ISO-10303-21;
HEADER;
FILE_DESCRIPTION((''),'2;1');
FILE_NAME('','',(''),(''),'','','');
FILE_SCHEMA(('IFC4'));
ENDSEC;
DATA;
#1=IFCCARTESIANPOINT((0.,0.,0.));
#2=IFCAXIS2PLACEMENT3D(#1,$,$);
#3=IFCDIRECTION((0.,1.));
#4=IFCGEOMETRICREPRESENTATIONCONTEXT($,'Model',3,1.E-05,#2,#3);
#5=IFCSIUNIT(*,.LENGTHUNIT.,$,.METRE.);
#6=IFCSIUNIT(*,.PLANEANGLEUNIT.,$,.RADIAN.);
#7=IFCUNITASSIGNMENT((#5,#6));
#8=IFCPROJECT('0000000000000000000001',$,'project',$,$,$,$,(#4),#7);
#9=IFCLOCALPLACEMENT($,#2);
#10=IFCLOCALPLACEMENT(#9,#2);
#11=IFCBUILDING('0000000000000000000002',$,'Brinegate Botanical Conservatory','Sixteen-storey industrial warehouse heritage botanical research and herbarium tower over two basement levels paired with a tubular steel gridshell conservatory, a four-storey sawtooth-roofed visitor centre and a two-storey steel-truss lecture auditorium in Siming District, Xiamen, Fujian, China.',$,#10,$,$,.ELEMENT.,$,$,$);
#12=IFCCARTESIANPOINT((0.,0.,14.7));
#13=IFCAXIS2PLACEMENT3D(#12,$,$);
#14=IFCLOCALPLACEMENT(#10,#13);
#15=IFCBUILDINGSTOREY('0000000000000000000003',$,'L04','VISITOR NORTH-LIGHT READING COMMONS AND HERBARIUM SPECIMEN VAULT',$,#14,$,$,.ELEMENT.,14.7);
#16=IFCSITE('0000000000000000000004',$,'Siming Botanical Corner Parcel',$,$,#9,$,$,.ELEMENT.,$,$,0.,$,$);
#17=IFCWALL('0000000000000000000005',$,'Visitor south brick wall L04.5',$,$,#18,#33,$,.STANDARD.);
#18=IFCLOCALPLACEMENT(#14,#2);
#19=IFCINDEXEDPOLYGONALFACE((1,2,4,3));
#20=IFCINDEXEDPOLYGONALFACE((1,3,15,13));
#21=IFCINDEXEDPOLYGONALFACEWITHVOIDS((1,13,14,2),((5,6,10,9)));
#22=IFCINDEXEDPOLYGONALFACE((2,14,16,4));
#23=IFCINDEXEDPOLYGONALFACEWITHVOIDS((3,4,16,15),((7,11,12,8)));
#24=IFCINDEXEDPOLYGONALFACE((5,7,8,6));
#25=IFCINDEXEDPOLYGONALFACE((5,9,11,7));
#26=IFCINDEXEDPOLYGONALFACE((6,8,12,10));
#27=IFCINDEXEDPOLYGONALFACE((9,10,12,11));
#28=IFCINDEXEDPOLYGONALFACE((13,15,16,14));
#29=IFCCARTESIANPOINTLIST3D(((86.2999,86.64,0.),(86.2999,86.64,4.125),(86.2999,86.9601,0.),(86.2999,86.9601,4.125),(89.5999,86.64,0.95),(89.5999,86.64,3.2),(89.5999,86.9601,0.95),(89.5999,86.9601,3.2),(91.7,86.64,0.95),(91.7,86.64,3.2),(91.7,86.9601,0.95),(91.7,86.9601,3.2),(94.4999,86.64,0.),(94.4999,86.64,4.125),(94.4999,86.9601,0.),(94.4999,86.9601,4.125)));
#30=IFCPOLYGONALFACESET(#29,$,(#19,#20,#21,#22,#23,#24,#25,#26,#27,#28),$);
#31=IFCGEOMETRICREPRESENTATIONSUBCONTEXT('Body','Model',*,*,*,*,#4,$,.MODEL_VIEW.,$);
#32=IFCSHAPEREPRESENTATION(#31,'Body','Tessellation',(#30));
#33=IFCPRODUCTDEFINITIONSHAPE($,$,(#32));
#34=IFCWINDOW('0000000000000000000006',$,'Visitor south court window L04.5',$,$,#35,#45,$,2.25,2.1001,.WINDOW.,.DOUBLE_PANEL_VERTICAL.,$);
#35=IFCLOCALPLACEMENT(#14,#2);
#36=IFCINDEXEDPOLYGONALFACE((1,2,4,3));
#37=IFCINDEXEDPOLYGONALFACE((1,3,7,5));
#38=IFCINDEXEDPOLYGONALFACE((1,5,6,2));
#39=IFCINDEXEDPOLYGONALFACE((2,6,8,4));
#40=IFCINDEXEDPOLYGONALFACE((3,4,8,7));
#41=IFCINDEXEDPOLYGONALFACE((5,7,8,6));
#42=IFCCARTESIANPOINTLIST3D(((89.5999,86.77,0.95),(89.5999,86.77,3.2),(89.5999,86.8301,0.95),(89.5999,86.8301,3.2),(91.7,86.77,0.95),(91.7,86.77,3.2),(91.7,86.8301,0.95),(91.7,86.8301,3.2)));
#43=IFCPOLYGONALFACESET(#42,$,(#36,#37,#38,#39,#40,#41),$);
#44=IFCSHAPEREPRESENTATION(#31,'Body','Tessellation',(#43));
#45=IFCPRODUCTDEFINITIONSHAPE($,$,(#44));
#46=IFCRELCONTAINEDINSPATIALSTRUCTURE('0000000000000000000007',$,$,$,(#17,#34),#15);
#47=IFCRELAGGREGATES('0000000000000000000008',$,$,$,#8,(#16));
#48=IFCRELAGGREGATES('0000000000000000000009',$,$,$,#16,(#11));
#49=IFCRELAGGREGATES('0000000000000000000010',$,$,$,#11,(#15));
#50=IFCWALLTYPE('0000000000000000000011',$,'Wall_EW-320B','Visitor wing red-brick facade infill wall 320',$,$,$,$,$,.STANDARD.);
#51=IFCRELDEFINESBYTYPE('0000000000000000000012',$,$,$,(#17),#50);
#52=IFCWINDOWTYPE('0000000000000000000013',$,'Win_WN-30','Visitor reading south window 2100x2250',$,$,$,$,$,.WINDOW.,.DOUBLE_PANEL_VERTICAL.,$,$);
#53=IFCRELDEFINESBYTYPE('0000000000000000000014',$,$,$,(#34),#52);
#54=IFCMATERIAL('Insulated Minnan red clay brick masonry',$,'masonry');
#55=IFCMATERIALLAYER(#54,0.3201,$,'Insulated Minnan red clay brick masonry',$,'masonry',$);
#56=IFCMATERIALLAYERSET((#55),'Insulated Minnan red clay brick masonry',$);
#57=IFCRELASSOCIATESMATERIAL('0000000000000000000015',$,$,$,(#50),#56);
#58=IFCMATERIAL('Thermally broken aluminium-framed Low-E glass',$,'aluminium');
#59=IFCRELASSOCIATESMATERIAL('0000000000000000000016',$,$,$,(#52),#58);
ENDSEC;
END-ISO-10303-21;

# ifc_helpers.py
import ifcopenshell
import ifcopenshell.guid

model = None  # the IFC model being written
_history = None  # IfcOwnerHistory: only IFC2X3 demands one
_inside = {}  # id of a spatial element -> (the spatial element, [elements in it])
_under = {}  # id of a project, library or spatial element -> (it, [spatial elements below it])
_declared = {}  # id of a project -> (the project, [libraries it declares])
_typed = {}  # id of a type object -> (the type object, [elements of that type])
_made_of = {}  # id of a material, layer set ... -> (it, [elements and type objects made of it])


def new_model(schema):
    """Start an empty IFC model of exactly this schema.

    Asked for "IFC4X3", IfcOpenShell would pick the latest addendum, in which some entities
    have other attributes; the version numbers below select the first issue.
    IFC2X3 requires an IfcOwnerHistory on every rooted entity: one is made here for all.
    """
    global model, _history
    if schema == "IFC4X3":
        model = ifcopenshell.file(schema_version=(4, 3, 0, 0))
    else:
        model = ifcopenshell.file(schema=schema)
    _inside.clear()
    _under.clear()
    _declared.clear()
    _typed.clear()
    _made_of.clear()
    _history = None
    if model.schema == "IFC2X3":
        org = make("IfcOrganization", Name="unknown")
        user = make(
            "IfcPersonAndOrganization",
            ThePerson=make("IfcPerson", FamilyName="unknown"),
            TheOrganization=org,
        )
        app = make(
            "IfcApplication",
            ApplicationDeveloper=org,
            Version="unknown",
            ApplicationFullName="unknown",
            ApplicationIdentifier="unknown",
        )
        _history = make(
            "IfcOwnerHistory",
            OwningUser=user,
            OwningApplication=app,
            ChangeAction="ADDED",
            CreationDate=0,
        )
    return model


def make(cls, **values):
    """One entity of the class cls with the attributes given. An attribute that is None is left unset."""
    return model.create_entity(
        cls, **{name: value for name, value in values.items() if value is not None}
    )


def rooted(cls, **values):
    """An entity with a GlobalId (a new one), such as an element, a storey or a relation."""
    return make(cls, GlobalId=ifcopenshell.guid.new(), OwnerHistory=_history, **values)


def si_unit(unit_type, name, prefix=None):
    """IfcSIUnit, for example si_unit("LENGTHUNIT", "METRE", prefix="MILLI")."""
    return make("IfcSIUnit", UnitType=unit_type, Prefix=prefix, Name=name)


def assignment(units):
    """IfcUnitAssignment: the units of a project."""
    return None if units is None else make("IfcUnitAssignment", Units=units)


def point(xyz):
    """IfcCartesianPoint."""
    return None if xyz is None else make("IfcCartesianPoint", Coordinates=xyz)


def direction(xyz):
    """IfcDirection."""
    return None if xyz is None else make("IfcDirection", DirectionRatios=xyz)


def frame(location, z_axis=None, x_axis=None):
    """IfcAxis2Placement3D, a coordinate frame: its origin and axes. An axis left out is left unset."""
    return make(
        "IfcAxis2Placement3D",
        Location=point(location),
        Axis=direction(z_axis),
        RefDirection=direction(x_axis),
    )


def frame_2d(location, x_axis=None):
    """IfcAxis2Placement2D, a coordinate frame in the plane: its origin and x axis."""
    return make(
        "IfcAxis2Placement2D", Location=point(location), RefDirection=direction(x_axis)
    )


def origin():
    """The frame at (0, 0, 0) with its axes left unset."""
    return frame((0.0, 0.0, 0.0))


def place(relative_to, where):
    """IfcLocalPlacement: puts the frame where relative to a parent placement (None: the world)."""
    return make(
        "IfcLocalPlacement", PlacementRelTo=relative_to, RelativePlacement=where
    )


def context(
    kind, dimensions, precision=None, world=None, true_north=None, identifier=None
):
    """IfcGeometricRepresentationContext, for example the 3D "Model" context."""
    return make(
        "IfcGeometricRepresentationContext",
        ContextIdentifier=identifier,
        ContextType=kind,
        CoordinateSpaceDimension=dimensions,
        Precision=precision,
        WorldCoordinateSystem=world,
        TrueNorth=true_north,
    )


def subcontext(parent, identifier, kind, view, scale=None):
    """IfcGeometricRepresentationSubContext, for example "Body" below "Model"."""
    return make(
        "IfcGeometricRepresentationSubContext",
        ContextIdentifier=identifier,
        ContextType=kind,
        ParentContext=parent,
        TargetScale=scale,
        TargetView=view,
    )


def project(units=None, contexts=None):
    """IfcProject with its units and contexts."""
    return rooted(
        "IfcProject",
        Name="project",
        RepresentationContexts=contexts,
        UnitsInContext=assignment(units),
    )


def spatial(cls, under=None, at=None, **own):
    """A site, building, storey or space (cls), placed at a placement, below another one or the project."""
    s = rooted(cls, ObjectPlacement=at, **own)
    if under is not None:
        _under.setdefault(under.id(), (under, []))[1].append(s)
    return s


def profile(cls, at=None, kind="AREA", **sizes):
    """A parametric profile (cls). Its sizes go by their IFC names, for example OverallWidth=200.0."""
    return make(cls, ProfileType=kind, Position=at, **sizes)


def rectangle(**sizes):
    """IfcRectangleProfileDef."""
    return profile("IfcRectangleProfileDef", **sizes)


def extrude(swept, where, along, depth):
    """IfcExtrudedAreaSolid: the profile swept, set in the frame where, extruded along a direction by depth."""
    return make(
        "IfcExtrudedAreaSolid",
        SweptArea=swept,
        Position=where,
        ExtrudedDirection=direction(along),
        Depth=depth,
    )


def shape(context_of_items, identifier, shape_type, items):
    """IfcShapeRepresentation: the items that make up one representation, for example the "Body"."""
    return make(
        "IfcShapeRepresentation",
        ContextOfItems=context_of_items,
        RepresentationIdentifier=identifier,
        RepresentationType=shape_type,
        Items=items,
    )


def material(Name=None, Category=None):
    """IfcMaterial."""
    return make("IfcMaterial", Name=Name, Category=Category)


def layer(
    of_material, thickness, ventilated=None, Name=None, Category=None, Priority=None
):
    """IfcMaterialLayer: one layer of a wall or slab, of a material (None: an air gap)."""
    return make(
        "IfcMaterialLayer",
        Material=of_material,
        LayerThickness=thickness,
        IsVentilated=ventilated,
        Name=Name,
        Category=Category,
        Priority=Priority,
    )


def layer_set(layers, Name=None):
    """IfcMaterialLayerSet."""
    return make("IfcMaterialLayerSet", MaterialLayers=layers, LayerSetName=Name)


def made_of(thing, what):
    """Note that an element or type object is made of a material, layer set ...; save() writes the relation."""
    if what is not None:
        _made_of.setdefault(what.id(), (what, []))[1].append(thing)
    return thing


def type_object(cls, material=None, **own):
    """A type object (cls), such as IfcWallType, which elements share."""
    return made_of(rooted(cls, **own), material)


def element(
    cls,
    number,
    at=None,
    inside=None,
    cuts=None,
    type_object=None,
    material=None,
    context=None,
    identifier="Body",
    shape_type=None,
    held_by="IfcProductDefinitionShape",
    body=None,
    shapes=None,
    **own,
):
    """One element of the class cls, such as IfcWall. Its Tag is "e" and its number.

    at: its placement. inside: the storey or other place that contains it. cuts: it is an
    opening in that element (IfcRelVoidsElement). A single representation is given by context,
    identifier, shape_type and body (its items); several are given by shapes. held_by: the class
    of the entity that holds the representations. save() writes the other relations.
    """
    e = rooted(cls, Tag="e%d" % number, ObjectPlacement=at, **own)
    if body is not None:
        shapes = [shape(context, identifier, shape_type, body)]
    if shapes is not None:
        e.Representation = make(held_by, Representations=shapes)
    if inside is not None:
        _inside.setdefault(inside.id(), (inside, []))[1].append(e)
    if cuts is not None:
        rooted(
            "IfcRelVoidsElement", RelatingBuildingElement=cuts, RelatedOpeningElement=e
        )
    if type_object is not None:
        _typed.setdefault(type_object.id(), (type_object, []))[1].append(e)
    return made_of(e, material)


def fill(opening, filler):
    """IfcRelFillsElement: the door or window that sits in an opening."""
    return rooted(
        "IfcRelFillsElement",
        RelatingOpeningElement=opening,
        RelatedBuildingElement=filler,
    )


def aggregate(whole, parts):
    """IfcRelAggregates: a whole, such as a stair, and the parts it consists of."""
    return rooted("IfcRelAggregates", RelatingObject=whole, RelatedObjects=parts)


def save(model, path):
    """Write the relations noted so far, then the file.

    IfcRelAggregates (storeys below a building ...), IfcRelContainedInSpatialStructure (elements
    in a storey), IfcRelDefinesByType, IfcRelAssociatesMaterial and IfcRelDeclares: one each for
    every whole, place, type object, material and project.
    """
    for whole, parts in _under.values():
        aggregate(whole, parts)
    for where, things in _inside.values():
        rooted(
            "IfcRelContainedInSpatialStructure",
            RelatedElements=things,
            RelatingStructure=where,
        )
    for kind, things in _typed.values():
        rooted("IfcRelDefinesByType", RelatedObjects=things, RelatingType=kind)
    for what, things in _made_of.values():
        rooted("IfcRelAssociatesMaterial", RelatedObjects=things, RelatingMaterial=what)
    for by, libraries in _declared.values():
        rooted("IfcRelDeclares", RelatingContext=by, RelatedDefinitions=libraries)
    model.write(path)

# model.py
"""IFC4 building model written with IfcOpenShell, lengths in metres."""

from ifc_helpers import new_model, si_unit, direction, frame, frame_2d, origin, place, context, subcontext, project, spatial, rectangle, extrude, material, layer, layer_set, type_object, element, fill, save


model = new_model("IFC4")

# Units and contexts
model_context = context("Model", 3, precision=1e-05, world=origin(), true_north=direction((0.0, 1.0)))
body_context = subcontext(model_context, "Body", "Model", "MODEL_VIEW")
ifc_project = project(units=[si_unit("LENGTHUNIT", "METRE"), si_unit("PLANEANGLEUNIT", "RADIAN")], contexts=[model_context])

# Site, building, storey
site_placement = place(None, origin())
site = spatial("IfcSite", under=ifc_project, at=site_placement, Name="Siming Botanical Corner Parcel", CompositionType="ELEMENT", RefElevation=0.0)
building_placement = place(site_placement, origin())
building = spatial("IfcBuilding", under=site, at=building_placement, Name="Brinegate Botanical Conservatory", Description="Sixteen-storey industrial warehouse heritage botanical research and herbarium tower over two basement levels paired with a tubular steel gridshell conservatory, a four-storey sawtooth-roofed visitor centre and a two-storey steel-truss lecture auditorium in Siming District, Xiamen, Fujian, China.", CompositionType="ELEMENT")
storey_placement = place(building_placement, frame((0.0, 0.0, 14.7)))
storey = spatial("IfcBuildingStorey", under=building, at=storey_placement, Name="L04", Description="VISITOR NORTH-LIGHT READING COMMONS AND HERBARIUM SPECIMEN VAULT", CompositionType="ELEMENT", Elevation=14.7)

# Wall, opening, window
ifc_material_1 = material(Name="Insulated Minnan red clay brick masonry", Category="masonry")
ifc_layer_1 = layer(ifc_material_1, 0.3201, Name="Insulated Minnan red clay brick masonry", Category="masonry")
ifc_layer_set_1 = layer_set([ifc_layer_1], Name="Insulated Minnan red clay brick masonry")
wall_type_1 = type_object("IfcWallType", Name="Wall_EW-320B", Description="Visitor wing red-brick facade infill wall 320", PredefinedType="STANDARD", material=ifc_layer_set_1)
wall_1_placement = place(storey_placement, frame((94.5, 86.8, 0.0), z_axis=(0.0, 0.0, 1.0), x_axis=(-1.0, 0.0, 0.0)))
wall_1 = element("IfcWall", 1, at=wall_1_placement, inside=storey, type_object=wall_type_1, Name="Visitor south brick wall L04.5", PredefinedType="STANDARD", context=body_context, shape_type="SweptSolid", body=[
    extrude(rectangle(XDim=8.2, YDim=0.3201, at=frame_2d((4.1001, 0.0))), origin(), (0.0, 0.0, 1.0), 4.125),
])
opening_1_placement = place(wall_1_placement, frame((2.8, 0.0, 0.95)))
opening_1 = element("IfcOpeningElement", 2, at=opening_1_placement, cuts=wall_1, PredefinedType="OPENING", context=body_context, shape_type="SweptSolid", body=[
    extrude(rectangle(XDim=2.1001, YDim=2.25, at=frame_2d((1.05, 1.125))), frame((0.0, 0.1699, 0.0), z_axis=(0.0, -1.0, 0.0), x_axis=(1.0, 0.0, 0.0)), (0.0, 0.0, 1.0), 0.3401),
])
ifc_material_2 = material(Name="Thermally broken aluminium-framed Low-E glass", Category="aluminium")
window_type = type_object("IfcWindowType", Name="Win_WN-30", Description="Visitor reading south window 2100x2250", PartitioningType="DOUBLE_PANEL_VERTICAL", PredefinedType="WINDOW", material=ifc_material_2)
window_placement = place(opening_1_placement, origin())
window = element("IfcWindow", 3, at=window_placement, inside=storey, type_object=window_type, Name="Visitor south court window L04.5", OverallHeight=2.25, OverallWidth=2.1001, PartitioningType="DOUBLE_PANEL_VERTICAL", PredefinedType="WINDOW", context=body_context, shape_type="SweptSolid", body=[
    extrude(rectangle(XDim=2.1001, YDim=2.25, at=frame_2d((1.05, 1.125))), frame((0.0, 0.03, 0.0), z_axis=(0.0, -1.0, 0.0), x_axis=(1.0, 0.0, 0.0)), (0.0, 0.0, 1.0), 0.0601),
])
fill(opening_1, window)

save(model, "model.ifc")
